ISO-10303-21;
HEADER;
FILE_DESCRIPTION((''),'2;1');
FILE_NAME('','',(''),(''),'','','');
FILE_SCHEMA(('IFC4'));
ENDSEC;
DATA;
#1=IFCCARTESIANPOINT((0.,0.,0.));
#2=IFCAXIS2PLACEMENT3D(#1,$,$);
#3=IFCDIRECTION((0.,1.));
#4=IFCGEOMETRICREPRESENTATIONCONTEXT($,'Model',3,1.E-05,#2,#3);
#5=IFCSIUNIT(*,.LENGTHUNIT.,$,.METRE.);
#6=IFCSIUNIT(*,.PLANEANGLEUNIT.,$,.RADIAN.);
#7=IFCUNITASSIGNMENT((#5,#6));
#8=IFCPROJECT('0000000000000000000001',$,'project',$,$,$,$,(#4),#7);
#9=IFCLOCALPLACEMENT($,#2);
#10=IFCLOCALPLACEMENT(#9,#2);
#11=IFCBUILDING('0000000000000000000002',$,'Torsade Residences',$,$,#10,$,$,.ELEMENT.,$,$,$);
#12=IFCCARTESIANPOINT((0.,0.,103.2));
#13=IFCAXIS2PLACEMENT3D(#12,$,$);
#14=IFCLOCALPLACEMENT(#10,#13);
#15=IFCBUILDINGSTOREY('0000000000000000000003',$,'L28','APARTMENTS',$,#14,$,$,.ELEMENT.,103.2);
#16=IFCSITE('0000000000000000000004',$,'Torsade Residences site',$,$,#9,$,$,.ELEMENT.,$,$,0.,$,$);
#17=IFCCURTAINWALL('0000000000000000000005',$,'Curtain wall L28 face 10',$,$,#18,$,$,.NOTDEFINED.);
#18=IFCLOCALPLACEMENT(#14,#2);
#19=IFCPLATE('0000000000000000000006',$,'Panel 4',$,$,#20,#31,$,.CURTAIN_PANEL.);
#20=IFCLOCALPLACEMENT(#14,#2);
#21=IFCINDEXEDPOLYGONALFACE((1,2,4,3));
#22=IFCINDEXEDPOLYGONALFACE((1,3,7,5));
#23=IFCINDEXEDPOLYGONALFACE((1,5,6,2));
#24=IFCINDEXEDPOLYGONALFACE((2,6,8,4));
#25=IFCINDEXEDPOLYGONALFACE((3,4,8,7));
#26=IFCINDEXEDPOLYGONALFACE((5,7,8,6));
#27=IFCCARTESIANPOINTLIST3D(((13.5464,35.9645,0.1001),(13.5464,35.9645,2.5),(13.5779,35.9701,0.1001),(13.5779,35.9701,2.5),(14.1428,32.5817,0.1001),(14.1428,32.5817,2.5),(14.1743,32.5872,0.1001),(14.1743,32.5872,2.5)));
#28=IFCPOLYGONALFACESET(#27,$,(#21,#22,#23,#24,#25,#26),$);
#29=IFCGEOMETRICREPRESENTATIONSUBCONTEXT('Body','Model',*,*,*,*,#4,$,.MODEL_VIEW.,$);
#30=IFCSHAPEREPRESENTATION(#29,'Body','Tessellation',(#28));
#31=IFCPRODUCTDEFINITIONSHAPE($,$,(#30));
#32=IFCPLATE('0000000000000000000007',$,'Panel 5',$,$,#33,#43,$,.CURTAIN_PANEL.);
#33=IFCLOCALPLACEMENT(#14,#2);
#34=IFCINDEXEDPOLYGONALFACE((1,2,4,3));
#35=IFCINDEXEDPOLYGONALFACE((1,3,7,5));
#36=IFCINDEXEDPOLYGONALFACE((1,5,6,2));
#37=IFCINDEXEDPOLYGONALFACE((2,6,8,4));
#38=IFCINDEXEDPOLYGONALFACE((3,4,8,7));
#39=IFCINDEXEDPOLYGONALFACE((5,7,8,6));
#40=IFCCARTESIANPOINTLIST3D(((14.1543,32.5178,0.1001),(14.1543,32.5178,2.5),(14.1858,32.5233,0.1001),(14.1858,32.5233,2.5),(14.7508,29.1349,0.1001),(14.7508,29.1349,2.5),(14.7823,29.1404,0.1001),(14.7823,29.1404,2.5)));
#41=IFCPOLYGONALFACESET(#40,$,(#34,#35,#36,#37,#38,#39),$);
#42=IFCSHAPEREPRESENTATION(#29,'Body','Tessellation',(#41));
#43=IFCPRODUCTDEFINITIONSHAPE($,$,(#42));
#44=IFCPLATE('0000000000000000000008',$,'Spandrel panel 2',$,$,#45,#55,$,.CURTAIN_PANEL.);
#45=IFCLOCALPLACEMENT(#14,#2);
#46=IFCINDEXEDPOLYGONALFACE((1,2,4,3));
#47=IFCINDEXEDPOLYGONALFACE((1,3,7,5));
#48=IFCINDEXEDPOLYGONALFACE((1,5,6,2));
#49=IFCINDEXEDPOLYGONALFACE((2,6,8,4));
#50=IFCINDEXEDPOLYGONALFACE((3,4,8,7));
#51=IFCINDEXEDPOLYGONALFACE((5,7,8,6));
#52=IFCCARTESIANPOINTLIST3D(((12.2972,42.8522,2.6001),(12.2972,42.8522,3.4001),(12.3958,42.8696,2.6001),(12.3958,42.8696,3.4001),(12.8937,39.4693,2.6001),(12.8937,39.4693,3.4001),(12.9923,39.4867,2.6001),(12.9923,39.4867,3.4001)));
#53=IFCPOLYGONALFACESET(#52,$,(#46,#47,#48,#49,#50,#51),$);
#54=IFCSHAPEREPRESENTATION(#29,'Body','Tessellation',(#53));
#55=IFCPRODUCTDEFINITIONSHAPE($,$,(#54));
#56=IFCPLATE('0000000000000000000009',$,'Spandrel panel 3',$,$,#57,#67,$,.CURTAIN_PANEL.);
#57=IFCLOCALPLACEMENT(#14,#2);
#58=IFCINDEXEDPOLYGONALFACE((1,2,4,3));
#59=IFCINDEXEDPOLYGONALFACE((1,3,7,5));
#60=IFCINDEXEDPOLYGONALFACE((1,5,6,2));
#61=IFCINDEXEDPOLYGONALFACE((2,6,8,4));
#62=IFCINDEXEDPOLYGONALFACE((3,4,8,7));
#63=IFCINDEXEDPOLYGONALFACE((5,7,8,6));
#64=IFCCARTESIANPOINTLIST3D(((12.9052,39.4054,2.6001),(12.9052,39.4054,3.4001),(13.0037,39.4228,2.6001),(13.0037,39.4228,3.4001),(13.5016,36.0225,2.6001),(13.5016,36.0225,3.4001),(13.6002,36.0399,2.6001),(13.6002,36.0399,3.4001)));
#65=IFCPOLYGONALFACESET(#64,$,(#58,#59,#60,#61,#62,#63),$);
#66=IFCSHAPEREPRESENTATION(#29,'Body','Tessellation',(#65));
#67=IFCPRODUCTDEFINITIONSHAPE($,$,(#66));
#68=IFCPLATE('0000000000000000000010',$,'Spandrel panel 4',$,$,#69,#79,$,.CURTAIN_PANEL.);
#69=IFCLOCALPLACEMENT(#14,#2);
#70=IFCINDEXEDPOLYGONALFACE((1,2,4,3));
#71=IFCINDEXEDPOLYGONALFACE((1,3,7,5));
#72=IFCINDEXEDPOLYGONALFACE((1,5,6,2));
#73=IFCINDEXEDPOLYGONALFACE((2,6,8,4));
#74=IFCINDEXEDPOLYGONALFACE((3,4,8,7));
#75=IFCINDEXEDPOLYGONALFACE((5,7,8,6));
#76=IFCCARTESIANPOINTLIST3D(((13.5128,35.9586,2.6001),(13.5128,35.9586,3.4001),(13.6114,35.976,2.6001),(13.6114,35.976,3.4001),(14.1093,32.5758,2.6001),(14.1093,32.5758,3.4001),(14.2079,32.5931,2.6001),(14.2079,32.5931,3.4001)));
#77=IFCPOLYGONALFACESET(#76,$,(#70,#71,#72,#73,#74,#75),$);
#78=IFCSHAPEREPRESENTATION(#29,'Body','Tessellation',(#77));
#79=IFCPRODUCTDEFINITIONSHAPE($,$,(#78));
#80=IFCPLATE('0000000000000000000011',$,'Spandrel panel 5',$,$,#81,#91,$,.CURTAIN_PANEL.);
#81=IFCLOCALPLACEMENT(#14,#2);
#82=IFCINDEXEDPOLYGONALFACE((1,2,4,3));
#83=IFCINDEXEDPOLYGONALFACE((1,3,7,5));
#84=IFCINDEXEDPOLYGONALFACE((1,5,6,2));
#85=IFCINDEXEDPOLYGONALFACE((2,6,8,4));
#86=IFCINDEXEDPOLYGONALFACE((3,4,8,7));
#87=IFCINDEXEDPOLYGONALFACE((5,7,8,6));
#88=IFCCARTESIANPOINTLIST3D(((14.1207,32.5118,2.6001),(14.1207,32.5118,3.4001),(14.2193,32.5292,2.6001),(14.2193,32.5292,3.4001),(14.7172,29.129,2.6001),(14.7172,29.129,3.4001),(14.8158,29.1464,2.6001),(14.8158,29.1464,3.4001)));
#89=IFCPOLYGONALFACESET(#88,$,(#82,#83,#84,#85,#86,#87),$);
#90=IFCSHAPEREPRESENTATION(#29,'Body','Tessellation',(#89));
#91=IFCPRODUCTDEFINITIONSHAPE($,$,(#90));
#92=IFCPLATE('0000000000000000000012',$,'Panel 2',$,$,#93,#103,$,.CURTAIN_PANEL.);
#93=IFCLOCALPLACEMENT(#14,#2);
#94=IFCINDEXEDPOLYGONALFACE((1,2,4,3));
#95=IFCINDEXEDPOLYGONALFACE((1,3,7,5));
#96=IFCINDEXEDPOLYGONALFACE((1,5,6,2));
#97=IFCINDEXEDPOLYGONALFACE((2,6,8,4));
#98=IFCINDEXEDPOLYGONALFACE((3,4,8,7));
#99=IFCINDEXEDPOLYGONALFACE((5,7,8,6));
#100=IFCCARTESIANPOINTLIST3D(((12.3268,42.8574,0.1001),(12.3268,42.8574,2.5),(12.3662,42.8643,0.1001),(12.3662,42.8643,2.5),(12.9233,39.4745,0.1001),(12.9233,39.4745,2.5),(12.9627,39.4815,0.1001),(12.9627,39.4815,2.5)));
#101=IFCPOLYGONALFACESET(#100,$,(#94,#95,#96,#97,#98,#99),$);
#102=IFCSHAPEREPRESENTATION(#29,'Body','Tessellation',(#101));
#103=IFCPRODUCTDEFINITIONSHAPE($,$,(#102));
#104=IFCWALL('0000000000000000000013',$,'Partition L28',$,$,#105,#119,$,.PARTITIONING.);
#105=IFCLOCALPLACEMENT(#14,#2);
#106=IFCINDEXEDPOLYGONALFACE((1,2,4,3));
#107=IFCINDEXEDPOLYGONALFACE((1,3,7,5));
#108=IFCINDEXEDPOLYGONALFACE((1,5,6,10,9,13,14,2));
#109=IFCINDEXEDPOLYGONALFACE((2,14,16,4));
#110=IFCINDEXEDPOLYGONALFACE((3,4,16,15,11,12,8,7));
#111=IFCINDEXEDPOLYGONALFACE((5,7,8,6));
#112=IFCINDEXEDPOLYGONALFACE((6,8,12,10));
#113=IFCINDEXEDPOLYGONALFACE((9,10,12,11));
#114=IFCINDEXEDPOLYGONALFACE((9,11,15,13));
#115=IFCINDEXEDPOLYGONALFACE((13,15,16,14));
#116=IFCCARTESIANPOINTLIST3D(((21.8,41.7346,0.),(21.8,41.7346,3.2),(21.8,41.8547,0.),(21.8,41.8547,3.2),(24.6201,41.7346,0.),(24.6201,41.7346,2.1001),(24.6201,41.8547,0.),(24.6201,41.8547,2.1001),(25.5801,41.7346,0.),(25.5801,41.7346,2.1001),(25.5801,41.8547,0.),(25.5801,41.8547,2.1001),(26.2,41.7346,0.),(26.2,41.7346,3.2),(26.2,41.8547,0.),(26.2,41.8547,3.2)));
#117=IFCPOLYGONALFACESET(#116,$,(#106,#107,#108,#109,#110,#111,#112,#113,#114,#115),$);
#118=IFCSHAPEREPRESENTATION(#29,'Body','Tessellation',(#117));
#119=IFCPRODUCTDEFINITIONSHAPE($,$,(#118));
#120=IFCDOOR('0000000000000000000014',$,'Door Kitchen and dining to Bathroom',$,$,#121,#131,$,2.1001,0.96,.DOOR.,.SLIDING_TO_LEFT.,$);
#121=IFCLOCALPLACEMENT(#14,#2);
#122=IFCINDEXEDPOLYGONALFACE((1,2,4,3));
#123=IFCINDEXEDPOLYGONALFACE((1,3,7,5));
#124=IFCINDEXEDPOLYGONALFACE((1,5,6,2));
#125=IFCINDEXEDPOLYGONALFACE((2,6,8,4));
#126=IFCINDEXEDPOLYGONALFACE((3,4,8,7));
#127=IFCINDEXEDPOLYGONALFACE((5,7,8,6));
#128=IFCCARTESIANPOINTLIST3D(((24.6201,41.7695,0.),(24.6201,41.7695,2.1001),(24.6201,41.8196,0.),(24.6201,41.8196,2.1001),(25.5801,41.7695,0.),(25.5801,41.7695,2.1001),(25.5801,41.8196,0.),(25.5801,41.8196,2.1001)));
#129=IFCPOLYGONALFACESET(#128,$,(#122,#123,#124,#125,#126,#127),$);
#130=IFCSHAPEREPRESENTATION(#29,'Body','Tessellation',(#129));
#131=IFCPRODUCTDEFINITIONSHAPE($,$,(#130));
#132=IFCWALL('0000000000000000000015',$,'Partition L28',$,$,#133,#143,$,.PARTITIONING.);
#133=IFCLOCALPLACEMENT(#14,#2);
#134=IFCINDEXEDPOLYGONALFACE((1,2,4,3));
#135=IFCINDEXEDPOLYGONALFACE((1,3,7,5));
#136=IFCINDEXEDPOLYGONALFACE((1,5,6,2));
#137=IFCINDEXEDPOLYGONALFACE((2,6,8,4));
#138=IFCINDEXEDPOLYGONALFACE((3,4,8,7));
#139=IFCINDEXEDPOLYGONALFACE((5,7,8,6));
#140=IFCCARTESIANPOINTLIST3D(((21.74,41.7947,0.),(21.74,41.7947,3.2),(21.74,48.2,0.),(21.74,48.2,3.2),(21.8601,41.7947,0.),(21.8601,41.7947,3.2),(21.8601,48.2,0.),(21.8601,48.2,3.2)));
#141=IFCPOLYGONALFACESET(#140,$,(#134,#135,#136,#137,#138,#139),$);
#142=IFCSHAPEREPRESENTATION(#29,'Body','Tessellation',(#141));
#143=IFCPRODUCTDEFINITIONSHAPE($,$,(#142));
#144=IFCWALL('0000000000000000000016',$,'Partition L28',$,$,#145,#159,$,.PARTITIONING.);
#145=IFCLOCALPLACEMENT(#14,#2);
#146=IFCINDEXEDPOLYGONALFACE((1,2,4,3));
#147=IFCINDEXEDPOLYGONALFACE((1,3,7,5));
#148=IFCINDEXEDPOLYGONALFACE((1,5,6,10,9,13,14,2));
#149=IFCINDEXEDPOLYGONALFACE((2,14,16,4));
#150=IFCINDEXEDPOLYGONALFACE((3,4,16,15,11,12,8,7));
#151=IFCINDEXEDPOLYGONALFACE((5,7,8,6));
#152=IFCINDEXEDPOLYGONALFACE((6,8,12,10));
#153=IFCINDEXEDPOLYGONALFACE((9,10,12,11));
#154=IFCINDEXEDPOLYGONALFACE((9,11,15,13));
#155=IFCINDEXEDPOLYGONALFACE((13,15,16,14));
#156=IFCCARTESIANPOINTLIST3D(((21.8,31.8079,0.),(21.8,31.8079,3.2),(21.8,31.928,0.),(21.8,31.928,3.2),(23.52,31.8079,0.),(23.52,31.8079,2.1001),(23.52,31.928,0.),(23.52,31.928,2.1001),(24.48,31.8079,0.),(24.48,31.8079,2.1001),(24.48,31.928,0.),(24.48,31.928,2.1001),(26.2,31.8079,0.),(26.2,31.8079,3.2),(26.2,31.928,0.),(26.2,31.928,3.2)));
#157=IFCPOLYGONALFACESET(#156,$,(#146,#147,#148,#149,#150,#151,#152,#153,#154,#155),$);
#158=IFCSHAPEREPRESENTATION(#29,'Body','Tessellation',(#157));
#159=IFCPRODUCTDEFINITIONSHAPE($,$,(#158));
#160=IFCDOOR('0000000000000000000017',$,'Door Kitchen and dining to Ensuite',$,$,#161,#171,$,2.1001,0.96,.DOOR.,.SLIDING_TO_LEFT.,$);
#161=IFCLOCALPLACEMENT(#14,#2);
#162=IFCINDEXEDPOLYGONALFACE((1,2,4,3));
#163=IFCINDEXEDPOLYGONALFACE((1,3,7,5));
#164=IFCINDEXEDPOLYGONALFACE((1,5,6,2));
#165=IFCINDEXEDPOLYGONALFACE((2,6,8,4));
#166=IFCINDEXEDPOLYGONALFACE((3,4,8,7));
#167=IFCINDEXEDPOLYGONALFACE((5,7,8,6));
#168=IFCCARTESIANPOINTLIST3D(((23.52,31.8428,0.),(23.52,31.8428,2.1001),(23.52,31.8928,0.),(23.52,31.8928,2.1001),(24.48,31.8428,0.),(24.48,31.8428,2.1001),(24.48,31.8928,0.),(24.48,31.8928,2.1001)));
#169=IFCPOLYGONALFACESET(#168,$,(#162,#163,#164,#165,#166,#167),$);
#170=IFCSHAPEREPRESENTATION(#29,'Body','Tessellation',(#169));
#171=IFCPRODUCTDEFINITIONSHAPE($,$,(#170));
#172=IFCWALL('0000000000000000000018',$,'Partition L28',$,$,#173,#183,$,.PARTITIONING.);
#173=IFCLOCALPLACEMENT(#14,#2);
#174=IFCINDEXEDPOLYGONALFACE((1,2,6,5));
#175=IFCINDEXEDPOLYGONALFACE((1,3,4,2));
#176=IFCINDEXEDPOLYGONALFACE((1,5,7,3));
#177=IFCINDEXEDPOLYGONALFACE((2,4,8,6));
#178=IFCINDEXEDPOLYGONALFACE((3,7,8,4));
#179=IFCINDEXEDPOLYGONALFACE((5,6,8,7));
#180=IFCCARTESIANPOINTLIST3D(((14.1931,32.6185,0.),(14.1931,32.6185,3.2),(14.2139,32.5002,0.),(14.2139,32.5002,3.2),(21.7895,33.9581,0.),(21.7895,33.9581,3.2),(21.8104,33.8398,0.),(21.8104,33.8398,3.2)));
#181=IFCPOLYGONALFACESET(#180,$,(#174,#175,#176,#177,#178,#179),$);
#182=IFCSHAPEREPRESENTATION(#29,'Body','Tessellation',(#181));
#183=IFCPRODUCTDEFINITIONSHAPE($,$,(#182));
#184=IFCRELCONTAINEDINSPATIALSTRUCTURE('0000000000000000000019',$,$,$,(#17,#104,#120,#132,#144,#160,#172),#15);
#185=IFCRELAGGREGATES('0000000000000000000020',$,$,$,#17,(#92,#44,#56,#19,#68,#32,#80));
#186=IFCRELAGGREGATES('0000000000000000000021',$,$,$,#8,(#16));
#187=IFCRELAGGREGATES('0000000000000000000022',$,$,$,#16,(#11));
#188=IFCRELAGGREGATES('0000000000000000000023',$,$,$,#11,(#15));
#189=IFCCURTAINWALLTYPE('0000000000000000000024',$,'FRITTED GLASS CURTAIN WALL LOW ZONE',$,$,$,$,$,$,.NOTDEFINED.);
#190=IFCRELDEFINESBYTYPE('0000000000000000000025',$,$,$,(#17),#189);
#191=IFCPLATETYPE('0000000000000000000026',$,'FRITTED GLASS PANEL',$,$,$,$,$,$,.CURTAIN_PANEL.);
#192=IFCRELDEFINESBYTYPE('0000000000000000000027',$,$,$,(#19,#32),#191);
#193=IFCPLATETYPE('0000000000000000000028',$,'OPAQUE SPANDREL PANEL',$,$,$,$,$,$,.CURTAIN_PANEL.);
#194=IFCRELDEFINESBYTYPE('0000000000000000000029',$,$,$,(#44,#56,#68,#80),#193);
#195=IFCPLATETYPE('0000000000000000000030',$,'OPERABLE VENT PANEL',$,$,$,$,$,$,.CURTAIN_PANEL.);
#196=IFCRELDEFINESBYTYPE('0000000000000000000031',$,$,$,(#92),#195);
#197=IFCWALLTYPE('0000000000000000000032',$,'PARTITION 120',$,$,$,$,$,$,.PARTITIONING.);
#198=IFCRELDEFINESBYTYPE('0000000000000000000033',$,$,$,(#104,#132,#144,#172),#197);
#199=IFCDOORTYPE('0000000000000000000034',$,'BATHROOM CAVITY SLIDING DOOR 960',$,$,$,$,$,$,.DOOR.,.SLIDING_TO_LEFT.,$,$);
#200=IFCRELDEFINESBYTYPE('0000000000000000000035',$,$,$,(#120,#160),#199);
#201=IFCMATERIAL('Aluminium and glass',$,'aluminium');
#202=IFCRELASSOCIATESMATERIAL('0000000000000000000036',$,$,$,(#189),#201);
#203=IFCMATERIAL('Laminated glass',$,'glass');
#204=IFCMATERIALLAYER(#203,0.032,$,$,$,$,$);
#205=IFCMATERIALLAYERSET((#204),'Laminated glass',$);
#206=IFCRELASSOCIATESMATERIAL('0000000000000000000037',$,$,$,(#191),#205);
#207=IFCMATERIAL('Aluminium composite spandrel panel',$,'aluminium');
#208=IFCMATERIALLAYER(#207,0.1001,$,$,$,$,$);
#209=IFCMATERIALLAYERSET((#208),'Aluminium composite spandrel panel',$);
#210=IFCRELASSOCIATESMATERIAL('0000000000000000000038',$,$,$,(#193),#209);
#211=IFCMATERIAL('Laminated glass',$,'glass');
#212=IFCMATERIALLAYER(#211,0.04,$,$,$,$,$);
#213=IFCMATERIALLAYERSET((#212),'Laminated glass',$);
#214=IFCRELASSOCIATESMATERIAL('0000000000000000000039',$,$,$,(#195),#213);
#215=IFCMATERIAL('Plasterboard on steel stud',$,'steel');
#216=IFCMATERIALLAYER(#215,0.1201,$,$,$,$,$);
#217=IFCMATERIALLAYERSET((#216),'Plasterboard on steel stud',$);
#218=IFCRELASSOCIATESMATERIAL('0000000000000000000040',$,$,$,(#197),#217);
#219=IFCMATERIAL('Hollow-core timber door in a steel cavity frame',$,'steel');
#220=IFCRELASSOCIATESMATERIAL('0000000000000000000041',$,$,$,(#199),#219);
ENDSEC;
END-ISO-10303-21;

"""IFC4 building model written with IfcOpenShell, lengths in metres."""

from ifc_helpers import new_model, si_unit, direction, frame, frame_2d, origin, origin_2d, place, context, subcontext, project, spatial, rectangle, extrude, material, layer, layer_set, type_object, element, fill, aggregate, save


model = new_model("IFC4")

# Units and contexts
model_context = context("Model", 3, precision=1e-05, world=origin(), true_north=direction((0.0, 1.0)))
body_context = subcontext(model_context, "Body", "Model", "MODEL_VIEW")
ifc_project = project(units=[si_unit("LENGTHUNIT", "METRE"), si_unit("PLANEANGLEUNIT", "RADIAN")], contexts=[model_context])

# Site, building, storey
site_placement = place(None, origin())
site = spatial("IfcSite", under=ifc_project, at=site_placement, Name="Torsade Residences site", CompositionType="ELEMENT", RefElevation=0.0)
building_placement = place(site_placement, origin())
building = spatial("IfcBuilding", under=site, at=building_placement, Name="Torsade Residences", CompositionType="ELEMENT")
storey_placement = place(building_placement, frame((0.0, 0.0, 103.2)))
storey = spatial("IfcBuildingStorey", under=building, at=storey_placement, Name="L28", Description="APARTMENTS", CompositionType="ELEMENT", Elevation=103.2)

# Curtain wall
ifc_material_1 = material(Name="Aluminium and glass", Category="aluminium")
curtain_wall_type = type_object("IfcCurtainWallType", Name="FRITTED GLASS CURTAIN WALL LOW ZONE", PredefinedType="NOTDEFINED", material=ifc_material_1)
curtain_wall_placement = place(storey_placement, origin())
curtain_wall = element("IfcCurtainWall", 1, at=curtain_wall_placement, inside=storey, type_object=curtain_wall_type, Name="Curtain wall L28 face 10", PredefinedType="NOTDEFINED")

# Plates
ifc_material_2 = material(Name="Laminated glass", Category="glass")
ifc_layer_1 = layer(ifc_material_2, 0.032)
ifc_layer_set_1 = layer_set([ifc_layer_1], Name="Laminated glass")
plate_type_1 = type_object("IfcPlateType", Name="FRITTED GLASS PANEL", PredefinedType="CURTAIN_PANEL", material=ifc_layer_set_1)
plate_1_placement = place(storey_placement, frame((13.8604, 34.2759, 0.1001), z_axis=(0.0, 0.0, 1.0), x_axis=(0.173648, -0.984808, 0.0)))
plate_1 = element("IfcPlate", 2, at=plate_1_placement, type_object=plate_type_1, Name="Panel 4", PredefinedType="CURTAIN_PANEL", context=body_context, shape_type="SweptSolid", body=[
    extrude(rectangle(XDim=3.4351, YDim=0.032, at=origin_2d()), origin(), (0.0, 0.0, 1.0), 2.3999),
])
plate_2_placement = place(storey_placement, frame((14.4683, 30.8291, 0.1001), z_axis=(0.0, 0.0, 1.0), x_axis=(0.173648, -0.984808, 0.0)))
plate_2 = element("IfcPlate", 3, at=plate_2_placement, type_object=plate_type_1, Name="Panel 5", PredefinedType="CURTAIN_PANEL", context=body_context, shape_type="SweptSolid", body=[
    extrude(rectangle(XDim=3.4351, YDim=0.032, at=origin_2d()), origin(), (0.0, 0.0, 1.0), 2.3999),
])
ifc_material_3 = material(Name="Aluminium composite spandrel panel", Category="aluminium")
ifc_layer_2 = layer(ifc_material_3, 0.1001)
ifc_layer_set_2 = layer_set([ifc_layer_2], Name="Aluminium composite spandrel panel")
plate_type_2 = type_object("IfcPlateType", Name="OPAQUE SPANDREL PANEL", PredefinedType="CURTAIN_PANEL", material=ifc_layer_set_2)
plate_3_placement = place(storey_placement, frame((12.6448, 41.1694, 2.6001), z_axis=(0.0, 0.0, 1.0), x_axis=(0.173648, -0.984808, 0.0)))
plate_3 = element("IfcPlate", 4, at=plate_3_placement, type_object=plate_type_2, Name="Spandrel panel 2", PredefinedType="CURTAIN_PANEL", context=body_context, shape_type="SweptSolid", body=[
    extrude(rectangle(XDim=3.4351, YDim=0.1001, at=origin_2d()), origin(), (0.0, 0.0, 1.0), 0.8),
])
plate_4_placement = place(storey_placement, frame((13.2527, 37.7227, 2.6001), z_axis=(0.0, 0.0, 1.0), x_axis=(0.173648, -0.984808, 0.0)))
plate_4 = element("IfcPlate", 5, at=plate_4_placement, type_object=plate_type_2, Name="Spandrel panel 3", PredefinedType="CURTAIN_PANEL", context=body_context, shape_type="SweptSolid", body=[
    extrude(rectangle(XDim=3.4351, YDim=0.1001, at=origin_2d()), origin(), (0.0, 0.0, 1.0), 0.8),
])
plate_5_placement = place(storey_placement, frame((13.8604, 34.2759, 2.6001), z_axis=(0.0, 0.0, 1.0), x_axis=(0.173648, -0.984808, 0.0)))
plate_5 = element("IfcPlate", 6, at=plate_5_placement, type_object=plate_type_2, Name="Spandrel panel 4", PredefinedType="CURTAIN_PANEL", context=body_context, shape_type="SweptSolid", body=[
    extrude(rectangle(XDim=3.4351, YDim=0.1001, at=origin_2d()), origin(), (0.0, 0.0, 1.0), 0.8),
])
plate_6_placement = place(storey_placement, frame((14.4683, 30.8291, 2.6001), z_axis=(0.0, 0.0, 1.0), x_axis=(0.173648, -0.984808, 0.0)))
plate_6 = element("IfcPlate", 7, at=plate_6_placement, type_object=plate_type_2, Name="Spandrel panel 5", PredefinedType="CURTAIN_PANEL", context=body_context, shape_type="SweptSolid", body=[
    extrude(rectangle(XDim=3.4351, YDim=0.1001, at=origin_2d()), origin(), (0.0, 0.0, 1.0), 0.8),
])
ifc_material_4 = material(Name="Laminated glass", Category="glass")
ifc_layer_3 = layer(ifc_material_4, 0.04)
ifc_layer_set_3 = layer_set([ifc_layer_3], Name="Laminated glass")
plate_type_3 = type_object("IfcPlateType", Name="OPERABLE VENT PANEL", PredefinedType="CURTAIN_PANEL", material=ifc_layer_set_3)
plate_7_placement = place(storey_placement, frame((12.6448, 41.1694, 0.1001), z_axis=(0.0, 0.0, 1.0), x_axis=(0.173648, -0.984808, 0.0)))
plate_7 = element("IfcPlate", 8, at=plate_7_placement, type_object=plate_type_3, Name="Panel 2", PredefinedType="CURTAIN_PANEL", context=body_context, shape_type="SweptSolid", body=[
    extrude(rectangle(XDim=3.4351, YDim=0.04, at=origin_2d()), origin(), (0.0, 0.0, 1.0), 2.3999),
])
aggregate(curtain_wall, [plate_7, plate_3, plate_4, plate_1, plate_5, plate_2, plate_6])

# Wall, opening, door
ifc_material_5 = material(Name="Plasterboard on steel stud", Category="steel")
ifc_layer_4 = layer(ifc_material_5, 0.1201)
ifc_layer_set_4 = layer_set([ifc_layer_4], Name="Plasterboard on steel stud")
wall_type_1 = type_object("IfcWallType", Name="PARTITION 120", PredefinedType="PARTITIONING", material=ifc_layer_set_4)
wall_1_placement = place(storey_placement, frame((21.8, 41.7947, 0.0), z_axis=(0.0, 0.0, 1.0), x_axis=(1.0, 0.0, 0.0)))
wall_1 = element("IfcWall", 9, at=wall_1_placement, inside=storey, type_object=wall_type_1, Name="Partition L28", PredefinedType="PARTITIONING", context=body_context, shape_type="SweptSolid", body=[
    extrude(rectangle(XDim=4.3999, YDim=0.1201, at=frame_2d((2.2, 0.0))), origin(), (0.0, 0.0, 1.0), 3.2),
])
opening_1_placement = place(wall_1_placement, frame((2.8201, 0.0, 0.0)))
opening_1 = element("IfcOpeningElement", 10, at=opening_1_placement, cuts=wall_1, PredefinedType="OPENING", context=body_context, shape_type="SweptSolid", body=[
    extrude(rectangle(XDim=0.96, YDim=2.1001, at=frame_2d((0.48, 1.05))), frame((0.0, 0.0701, 0.0), z_axis=(0.0, -1.0, 0.0), x_axis=(1.0, 0.0, 0.0)), (0.0, 0.0, 1.0), 0.1401),
])
ifc_material_6 = material(Name="Hollow-core timber door in a steel cavity frame", Category="steel")
door_type = type_object("IfcDoorType", Name="BATHROOM CAVITY SLIDING DOOR 960", OperationType="SLIDING_TO_LEFT", PredefinedType="DOOR", material=ifc_material_6)
door_1_placement = place(opening_1_placement, origin())
door_1 = element("IfcDoor", 11, at=door_1_placement, inside=storey, type_object=door_type, Name="Door Kitchen and dining to Bathroom", OperationType="SLIDING_TO_LEFT", OverallHeight=2.1001, OverallWidth=0.96, PredefinedType="DOOR", context=body_context, shape_type="SweptSolid", body=[
    extrude(rectangle(XDim=0.96, YDim=2.1001, at=frame_2d((0.48, 1.05))), frame((0.0, 0.0249, 0.0), z_axis=(0.0, -1.0, 0.0), x_axis=(1.0, 0.0, 0.0)), (0.0, 0.0, 1.0), 0.05),
])
fill(opening_1, door_1)

# Wall
wall_2_placement = place(storey_placement, frame((21.8, 41.7947, 0.0), z_axis=(0.0, 0.0, 1.0), x_axis=(0.0, 1.0, 0.0)))
element("IfcWall", 12, at=wall_2_placement, inside=storey, type_object=wall_type_1, Name="Partition L28", PredefinedType="PARTITIONING", context=body_context, shape_type="SweptSolid", body=[
    extrude(rectangle(XDim=6.4053, YDim=0.1201, at=frame_2d((3.2026, 0.0))), origin(), (0.0, 0.0, 1.0), 3.2),
])

# Wall, opening, door
wall_3_placement = place(storey_placement, frame((21.8, 31.8679, 0.0), z_axis=(0.0, 0.0, 1.0), x_axis=(1.0, 0.0, 0.0)))
wall_3 = element("IfcWall", 13, at=wall_3_placement, inside=storey, type_object=wall_type_1, Name="Partition L28", PredefinedType="PARTITIONING", context=body_context, shape_type="SweptSolid", body=[
    extrude(rectangle(XDim=4.3999, YDim=0.1201, at=frame_2d((2.2, 0.0))), origin(), (0.0, 0.0, 1.0), 3.2),
])
opening_2_placement = place(wall_3_placement, frame((1.72, 0.0, 0.0)))
opening_2 = element("IfcOpeningElement", 14, at=opening_2_placement, cuts=wall_3, PredefinedType="OPENING", context=body_context, shape_type="SweptSolid", body=[
    extrude(rectangle(XDim=0.96, YDim=2.1001, at=frame_2d((0.48, 1.05))), frame((0.0, 0.0701, 0.0), z_axis=(0.0, -1.0, 0.0), x_axis=(1.0, 0.0, 0.0)), (0.0, 0.0, 1.0), 0.1401),
])
door_2_placement = place(opening_2_placement, origin())
door_2 = element("IfcDoor", 15, at=door_2_placement, inside=storey, type_object=door_type, Name="Door Kitchen and dining to Ensuite", OperationType="SLIDING_TO_LEFT", OverallHeight=2.1001, OverallWidth=0.96, PredefinedType="DOOR", context=body_context, shape_type="SweptSolid", body=[
    extrude(rectangle(XDim=0.96, YDim=2.1001, at=frame_2d((0.48, 1.05))), frame((0.0, 0.0249, 0.0), z_axis=(0.0, -1.0, 0.0), x_axis=(1.0, 0.0, 0.0)), (0.0, 0.0, 1.0), 0.05),
])
fill(opening_2, door_2)

# Wall
wall_4_placement = place(storey_placement, frame((21.8, 33.8989, 0.0), z_axis=(0.0, 0.0, 1.0), x_axis=(-0.984805, -0.173666, 0.0)))
element("IfcWall", 16, at=wall_4_placement, inside=storey, type_object=wall_type_1, Name="Partition L28", PredefinedType="PARTITIONING", context=body_context, shape_type="SweptSolid", body=[
    extrude(rectangle(XDim=7.7136, YDim=0.1201, at=frame_2d((3.8569, 0.0))), origin(), (0.0, 0.0, 1.0), 3.2),
])

save(model, "model.ifc")
